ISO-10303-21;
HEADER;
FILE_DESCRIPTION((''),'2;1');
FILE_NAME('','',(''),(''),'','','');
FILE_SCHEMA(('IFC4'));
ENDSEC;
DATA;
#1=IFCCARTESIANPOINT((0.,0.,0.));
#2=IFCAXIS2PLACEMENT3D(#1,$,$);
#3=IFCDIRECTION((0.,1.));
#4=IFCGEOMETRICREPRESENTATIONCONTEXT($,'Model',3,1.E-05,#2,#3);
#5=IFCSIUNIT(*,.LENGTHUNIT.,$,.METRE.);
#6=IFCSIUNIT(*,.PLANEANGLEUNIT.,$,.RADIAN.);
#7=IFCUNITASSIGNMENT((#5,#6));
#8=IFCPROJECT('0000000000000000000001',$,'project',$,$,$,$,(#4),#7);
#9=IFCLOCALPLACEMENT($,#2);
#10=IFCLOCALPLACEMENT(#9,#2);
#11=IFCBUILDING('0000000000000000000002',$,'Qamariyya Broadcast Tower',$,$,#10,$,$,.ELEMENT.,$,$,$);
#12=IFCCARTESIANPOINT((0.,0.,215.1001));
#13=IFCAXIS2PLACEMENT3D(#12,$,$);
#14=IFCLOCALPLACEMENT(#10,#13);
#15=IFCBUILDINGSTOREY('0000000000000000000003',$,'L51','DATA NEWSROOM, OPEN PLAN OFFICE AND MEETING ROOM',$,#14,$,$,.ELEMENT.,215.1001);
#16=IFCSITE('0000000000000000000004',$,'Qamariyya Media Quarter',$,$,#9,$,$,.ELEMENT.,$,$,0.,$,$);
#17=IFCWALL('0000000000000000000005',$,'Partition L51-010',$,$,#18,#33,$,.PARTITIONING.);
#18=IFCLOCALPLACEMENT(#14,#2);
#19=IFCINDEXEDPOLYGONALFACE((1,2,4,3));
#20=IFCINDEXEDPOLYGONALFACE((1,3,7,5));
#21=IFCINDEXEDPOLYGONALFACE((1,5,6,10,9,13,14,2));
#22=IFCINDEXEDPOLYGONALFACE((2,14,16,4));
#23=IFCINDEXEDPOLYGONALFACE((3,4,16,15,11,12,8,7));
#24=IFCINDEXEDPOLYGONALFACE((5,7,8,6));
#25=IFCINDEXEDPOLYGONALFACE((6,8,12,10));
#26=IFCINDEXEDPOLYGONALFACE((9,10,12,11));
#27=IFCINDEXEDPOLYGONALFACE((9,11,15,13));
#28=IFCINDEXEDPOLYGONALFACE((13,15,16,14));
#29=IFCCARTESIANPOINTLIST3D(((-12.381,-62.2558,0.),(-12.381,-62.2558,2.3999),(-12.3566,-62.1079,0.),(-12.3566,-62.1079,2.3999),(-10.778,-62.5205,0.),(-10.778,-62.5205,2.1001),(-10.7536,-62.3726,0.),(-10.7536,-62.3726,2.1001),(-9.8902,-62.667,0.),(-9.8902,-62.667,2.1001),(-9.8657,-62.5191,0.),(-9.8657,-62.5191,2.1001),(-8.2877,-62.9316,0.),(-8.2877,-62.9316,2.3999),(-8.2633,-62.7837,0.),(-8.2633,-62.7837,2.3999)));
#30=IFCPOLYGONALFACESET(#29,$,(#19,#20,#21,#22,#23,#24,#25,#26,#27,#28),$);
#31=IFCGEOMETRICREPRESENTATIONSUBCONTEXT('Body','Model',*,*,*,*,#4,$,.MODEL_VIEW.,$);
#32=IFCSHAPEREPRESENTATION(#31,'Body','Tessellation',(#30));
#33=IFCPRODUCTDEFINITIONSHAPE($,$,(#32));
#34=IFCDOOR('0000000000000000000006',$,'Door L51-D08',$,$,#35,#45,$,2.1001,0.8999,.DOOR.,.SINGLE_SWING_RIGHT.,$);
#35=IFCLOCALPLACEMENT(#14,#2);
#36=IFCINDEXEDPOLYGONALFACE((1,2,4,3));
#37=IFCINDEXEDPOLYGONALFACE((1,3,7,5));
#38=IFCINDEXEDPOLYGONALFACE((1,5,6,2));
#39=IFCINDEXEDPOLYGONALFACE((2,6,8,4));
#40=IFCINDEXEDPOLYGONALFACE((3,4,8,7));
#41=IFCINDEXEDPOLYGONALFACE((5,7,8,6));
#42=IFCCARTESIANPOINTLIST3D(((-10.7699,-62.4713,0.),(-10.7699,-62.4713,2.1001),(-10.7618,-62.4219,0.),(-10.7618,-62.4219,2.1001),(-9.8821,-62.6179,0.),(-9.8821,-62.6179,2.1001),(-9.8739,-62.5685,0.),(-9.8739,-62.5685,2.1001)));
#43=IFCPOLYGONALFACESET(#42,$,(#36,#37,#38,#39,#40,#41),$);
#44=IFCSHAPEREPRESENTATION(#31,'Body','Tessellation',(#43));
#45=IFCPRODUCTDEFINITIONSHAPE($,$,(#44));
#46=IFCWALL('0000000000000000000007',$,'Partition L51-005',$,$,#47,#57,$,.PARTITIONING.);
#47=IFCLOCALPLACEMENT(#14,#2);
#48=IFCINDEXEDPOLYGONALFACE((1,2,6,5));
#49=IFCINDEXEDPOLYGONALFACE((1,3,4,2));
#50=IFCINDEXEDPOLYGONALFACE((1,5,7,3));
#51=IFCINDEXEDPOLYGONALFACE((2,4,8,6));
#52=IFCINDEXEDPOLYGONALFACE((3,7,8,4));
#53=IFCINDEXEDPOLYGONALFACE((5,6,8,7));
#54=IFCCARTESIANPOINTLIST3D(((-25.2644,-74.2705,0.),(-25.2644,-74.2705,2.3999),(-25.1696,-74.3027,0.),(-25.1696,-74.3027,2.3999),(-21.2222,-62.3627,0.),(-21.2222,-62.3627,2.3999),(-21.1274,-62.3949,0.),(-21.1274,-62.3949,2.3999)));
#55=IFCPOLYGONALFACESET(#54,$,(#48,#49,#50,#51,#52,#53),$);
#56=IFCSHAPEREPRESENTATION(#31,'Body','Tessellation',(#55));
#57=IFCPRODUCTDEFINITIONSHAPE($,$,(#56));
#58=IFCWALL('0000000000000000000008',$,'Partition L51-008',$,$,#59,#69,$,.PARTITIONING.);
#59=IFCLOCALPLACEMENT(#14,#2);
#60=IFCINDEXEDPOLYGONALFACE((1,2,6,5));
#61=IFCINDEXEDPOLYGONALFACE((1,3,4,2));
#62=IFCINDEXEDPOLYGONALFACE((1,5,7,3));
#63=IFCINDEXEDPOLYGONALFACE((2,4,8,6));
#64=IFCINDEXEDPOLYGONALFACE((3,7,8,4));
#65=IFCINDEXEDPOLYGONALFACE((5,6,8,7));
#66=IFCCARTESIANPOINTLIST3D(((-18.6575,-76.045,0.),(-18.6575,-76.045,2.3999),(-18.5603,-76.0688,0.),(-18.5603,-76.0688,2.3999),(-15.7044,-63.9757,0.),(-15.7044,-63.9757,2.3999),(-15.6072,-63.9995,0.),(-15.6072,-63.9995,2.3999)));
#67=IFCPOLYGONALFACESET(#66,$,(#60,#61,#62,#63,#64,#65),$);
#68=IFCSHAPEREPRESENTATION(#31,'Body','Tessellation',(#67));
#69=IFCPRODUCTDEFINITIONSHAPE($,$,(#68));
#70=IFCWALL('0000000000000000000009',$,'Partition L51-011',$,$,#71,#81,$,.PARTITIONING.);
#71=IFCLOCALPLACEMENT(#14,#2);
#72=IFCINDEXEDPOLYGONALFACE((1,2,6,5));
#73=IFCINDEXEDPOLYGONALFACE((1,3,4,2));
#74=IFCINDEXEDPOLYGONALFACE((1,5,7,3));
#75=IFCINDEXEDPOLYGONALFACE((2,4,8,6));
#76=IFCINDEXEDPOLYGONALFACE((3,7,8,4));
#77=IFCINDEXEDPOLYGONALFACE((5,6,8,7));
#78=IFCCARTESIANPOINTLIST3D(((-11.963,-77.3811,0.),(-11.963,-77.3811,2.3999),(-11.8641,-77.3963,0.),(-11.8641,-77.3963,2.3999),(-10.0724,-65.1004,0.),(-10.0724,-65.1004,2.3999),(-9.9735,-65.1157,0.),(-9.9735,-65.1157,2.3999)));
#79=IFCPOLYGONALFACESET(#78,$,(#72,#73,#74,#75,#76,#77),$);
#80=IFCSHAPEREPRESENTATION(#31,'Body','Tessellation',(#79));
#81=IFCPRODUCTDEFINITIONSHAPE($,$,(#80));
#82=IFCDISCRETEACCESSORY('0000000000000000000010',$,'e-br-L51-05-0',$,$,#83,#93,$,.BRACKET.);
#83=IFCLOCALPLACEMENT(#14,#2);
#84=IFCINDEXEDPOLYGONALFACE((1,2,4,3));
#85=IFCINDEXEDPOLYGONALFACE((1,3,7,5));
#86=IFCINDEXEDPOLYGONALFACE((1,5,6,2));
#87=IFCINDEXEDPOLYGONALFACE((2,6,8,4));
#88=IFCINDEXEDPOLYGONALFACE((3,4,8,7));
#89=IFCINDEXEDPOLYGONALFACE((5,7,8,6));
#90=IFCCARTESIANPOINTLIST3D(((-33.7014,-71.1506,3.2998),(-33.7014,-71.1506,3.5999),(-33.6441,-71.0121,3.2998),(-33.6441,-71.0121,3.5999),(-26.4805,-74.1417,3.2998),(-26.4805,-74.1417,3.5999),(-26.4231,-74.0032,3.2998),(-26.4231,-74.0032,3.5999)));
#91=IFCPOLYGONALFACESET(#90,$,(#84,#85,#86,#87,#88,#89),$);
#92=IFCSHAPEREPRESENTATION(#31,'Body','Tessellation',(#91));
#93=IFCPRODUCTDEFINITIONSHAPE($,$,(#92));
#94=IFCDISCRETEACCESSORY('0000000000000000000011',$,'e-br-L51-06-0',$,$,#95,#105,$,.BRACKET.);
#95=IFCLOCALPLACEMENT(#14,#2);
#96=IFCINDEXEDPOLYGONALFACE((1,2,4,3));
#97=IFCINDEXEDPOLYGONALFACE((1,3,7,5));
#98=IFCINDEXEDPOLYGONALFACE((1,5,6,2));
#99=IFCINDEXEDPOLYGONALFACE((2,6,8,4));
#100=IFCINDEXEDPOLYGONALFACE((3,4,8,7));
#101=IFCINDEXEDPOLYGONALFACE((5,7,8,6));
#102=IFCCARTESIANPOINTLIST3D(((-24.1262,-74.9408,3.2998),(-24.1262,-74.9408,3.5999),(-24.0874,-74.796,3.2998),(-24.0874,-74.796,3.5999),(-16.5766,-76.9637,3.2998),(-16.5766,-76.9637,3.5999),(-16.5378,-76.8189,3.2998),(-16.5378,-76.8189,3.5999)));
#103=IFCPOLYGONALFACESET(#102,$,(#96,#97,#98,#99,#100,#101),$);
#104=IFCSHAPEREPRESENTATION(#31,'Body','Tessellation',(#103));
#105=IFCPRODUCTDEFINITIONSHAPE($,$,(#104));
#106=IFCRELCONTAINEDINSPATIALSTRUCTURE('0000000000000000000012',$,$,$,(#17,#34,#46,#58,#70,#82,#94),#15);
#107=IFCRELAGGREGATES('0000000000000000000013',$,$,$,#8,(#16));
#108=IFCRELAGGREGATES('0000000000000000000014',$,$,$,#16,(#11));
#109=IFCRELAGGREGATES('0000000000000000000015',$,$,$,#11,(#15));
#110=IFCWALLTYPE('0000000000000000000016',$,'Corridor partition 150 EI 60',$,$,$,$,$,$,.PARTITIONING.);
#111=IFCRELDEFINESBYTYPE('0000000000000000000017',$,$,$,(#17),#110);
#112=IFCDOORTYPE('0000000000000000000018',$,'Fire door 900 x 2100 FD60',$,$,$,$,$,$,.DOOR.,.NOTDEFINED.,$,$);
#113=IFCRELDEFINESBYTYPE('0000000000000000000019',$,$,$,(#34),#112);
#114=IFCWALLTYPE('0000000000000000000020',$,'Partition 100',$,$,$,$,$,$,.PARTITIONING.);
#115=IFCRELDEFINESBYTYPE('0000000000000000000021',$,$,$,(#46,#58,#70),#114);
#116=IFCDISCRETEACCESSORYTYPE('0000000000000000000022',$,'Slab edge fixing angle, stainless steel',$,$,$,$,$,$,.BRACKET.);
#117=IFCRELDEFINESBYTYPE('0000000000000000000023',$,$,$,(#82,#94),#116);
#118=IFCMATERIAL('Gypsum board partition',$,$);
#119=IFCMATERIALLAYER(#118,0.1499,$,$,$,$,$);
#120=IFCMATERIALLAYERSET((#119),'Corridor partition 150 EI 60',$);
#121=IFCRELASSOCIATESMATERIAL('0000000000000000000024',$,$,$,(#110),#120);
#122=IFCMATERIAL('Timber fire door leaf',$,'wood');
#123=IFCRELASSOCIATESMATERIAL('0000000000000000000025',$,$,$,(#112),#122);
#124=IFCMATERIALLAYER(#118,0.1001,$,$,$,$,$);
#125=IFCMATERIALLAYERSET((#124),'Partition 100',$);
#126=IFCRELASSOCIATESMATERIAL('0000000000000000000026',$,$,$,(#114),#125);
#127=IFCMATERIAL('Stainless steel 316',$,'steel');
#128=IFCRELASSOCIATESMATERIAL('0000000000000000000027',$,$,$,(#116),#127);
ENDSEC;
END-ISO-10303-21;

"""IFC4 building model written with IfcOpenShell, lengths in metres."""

from ifc_helpers import new_model, si_unit, direction, frame, frame_2d, origin, origin_2d, place, context, subcontext, project, spatial, rectangle, extrude, material, layer, layer_set, type_object, element, fill, save


model = new_model("IFC4")

# Units and contexts
model_context = context("Model", 3, precision=1e-05, world=origin(), true_north=direction((0.0, 1.0)))
body_context = subcontext(model_context, "Body", "Model", "MODEL_VIEW")
ifc_project = project(units=[si_unit("LENGTHUNIT", "METRE"), si_unit("PLANEANGLEUNIT", "RADIAN")], contexts=[model_context])

# Site, building, storey
site_placement = place(None, origin())
site = spatial("IfcSite", under=ifc_project, at=site_placement, Name="Qamariyya Media Quarter", CompositionType="ELEMENT", RefElevation=0.0)
building_placement = place(site_placement, origin())
building = spatial("IfcBuilding", under=site, at=building_placement, Name="Qamariyya Broadcast Tower", CompositionType="ELEMENT")
storey_placement = place(building_placement, frame((0.0, 0.0, 215.1001)))
storey = spatial("IfcBuildingStorey", under=building, at=storey_placement, Name="L51", Description="DATA NEWSROOM, OPEN PLAN OFFICE AND MEETING ROOM", CompositionType="ELEMENT", Elevation=215.1001)

# Shared definitions
ifc_material_1 = material(Name="Gypsum board partition")
ifc_layer_1 = layer(ifc_material_1, 0.1499)
ifc_layer_set_1 = layer_set([ifc_layer_1], Name="Corridor partition 150 EI 60")
wall_type_1 = type_object("IfcWallType", Name="Corridor partition 150 EI 60", PredefinedType="PARTITIONING", material=ifc_layer_set_1)
ifc_material_2 = material(Name="Timber fire door leaf", Category="wood")

# Wall, opening, door
wall_1_placement = place(storey_placement, frame((-12.3687, -62.1819, 0.0), z_axis=(0.0, 0.0, 1.0), x_axis=(0.986644, -0.162891, 0.0)))
wall_1 = element("IfcWall", 1, at=wall_1_placement, inside=storey, type_object=wall_type_1, Name="Partition L51-010", PredefinedType="PARTITIONING", context=body_context, shape_type="SweptSolid", body=[
    extrude(rectangle(XDim=4.1487, YDim=0.1499, at=frame_2d((2.0742, 0.0))), origin(), (0.0, 0.0, 1.0), 2.3999),
])
opening_1_placement = place(wall_1_placement, frame((1.6245, 0.0, 0.0)))
opening_1 = element("IfcOpeningElement", 2, at=opening_1_placement, cuts=wall_1, PredefinedType="OPENING", context=body_context, shape_type="SweptSolid", body=[
    extrude(rectangle(XDim=0.8999, YDim=2.1001, at=frame_2d((0.45, 1.05))), frame((0.0, 0.085, 0.0), z_axis=(0.0, -1.0, 0.0), x_axis=(1.0, 0.0, 0.0)), (0.0, 0.0, 1.0), 0.1699),
])
door_type_1 = type_object("IfcDoorType", Name="Fire door 900 x 2100 FD60", OperationType="NOTDEFINED", PredefinedType="DOOR", material=ifc_material_2)
door_1_placement = place(opening_1_placement, origin())
door_1 = element("IfcDoor", 3, at=door_1_placement, inside=storey, type_object=door_type_1, Name="Door L51-D08", OperationType="SINGLE_SWING_RIGHT", OverallHeight=2.1001, OverallWidth=0.8999, PredefinedType="DOOR", context=body_context, shape_type="SweptSolid", body=[
    extrude(rectangle(XDim=0.8999, YDim=2.1001, at=frame_2d((0.45, 1.05))), frame((0.0, 0.0249, 0.0), z_axis=(0.0, -1.0, 0.0), x_axis=(1.0, 0.0, 0.0)), (0.0, 0.0, 1.0), 0.05),
])
fill(opening_1, door_1)

# Walls
ifc_layer_2 = layer(ifc_material_1, 0.1001)
ifc_layer_set_2 = layer_set([ifc_layer_2], Name="Partition 100")
wall_type_2 = type_object("IfcWallType", Name="Partition 100", PredefinedType="PARTITIONING", material=ifc_layer_set_2)
wall_2_placement = place(storey_placement, frame((-25.217, -74.2866, 0.0), z_axis=(0.0, 0.0, 1.0), x_axis=(0.321447, 0.946927, 0.0)))
element("IfcWall", 4, at=wall_2_placement, inside=storey, type_object=wall_type_2, Name="Partition L51-005", PredefinedType="PARTITIONING", context=body_context, shape_type="SweptSolid", body=[
    extrude(rectangle(XDim=12.5752, YDim=0.1001, at=frame_2d((6.2876, 0.0))), origin(), (0.0, 0.0, 1.0), 2.3999),
])
for number, where, z_axis, x_axis, name in (
    (5, (-18.6089, -76.0569, 0.0), (0.0, 0.0, 1.0), (0.237669, 0.971346, 0.0), "Partition L51-008"),
    (6, (-11.9136, -77.3887, 0.0), (0.0, 0.0, 1.0), (0.152161, 0.988356, 0.0), "Partition L51-011"),
):
    element("IfcWall", number, at=place(storey_placement, frame(where, z_axis=z_axis, x_axis=x_axis)), inside=storey, type_object=wall_type_2, Name=name, PredefinedType="PARTITIONING", context=body_context, shape_type="SweptSolid", body=[
        extrude(rectangle(XDim=12.4253, YDim=0.1001, at=frame_2d((6.2126, 0.0))), origin(), (0.0, 0.0, 1.0), 2.3999),
    ])

# Discrete accessories
ifc_material_3 = material(Name="Stainless steel 316", Category="steel")
discrete_accessory_type = type_object("IfcDiscreteAccessoryType", Name="Slab edge fixing angle, stainless steel", PredefinedType="BRACKET", material=ifc_material_3)
for number, where, z_axis, x_axis, name in (
    (7, (-30.0623, -72.5769, 3.2998), (0.0, 0.0, 1.0), (0.92388, -0.382683, 0.0), "e-br-L51-05-0"),
    (8, (-20.332, -75.8799, 3.2998), (0.0, 0.0, 1.0), (0.965926, -0.258819, 0.0), "e-br-L51-06-0"),
):
    element("IfcDiscreteAccessory", number, at=place(storey_placement, frame(where, z_axis=z_axis, x_axis=x_axis)), inside=storey, type_object=discrete_accessory_type, Name=name, PredefinedType="BRACKET", context=body_context, shape_type="SweptSolid", body=[
        extrude(rectangle(XDim=7.8159, YDim=0.1499, at=origin_2d()), origin(), (0.0, 0.0, 1.0), 0.3),
    ])

save(model, "model.ifc")
